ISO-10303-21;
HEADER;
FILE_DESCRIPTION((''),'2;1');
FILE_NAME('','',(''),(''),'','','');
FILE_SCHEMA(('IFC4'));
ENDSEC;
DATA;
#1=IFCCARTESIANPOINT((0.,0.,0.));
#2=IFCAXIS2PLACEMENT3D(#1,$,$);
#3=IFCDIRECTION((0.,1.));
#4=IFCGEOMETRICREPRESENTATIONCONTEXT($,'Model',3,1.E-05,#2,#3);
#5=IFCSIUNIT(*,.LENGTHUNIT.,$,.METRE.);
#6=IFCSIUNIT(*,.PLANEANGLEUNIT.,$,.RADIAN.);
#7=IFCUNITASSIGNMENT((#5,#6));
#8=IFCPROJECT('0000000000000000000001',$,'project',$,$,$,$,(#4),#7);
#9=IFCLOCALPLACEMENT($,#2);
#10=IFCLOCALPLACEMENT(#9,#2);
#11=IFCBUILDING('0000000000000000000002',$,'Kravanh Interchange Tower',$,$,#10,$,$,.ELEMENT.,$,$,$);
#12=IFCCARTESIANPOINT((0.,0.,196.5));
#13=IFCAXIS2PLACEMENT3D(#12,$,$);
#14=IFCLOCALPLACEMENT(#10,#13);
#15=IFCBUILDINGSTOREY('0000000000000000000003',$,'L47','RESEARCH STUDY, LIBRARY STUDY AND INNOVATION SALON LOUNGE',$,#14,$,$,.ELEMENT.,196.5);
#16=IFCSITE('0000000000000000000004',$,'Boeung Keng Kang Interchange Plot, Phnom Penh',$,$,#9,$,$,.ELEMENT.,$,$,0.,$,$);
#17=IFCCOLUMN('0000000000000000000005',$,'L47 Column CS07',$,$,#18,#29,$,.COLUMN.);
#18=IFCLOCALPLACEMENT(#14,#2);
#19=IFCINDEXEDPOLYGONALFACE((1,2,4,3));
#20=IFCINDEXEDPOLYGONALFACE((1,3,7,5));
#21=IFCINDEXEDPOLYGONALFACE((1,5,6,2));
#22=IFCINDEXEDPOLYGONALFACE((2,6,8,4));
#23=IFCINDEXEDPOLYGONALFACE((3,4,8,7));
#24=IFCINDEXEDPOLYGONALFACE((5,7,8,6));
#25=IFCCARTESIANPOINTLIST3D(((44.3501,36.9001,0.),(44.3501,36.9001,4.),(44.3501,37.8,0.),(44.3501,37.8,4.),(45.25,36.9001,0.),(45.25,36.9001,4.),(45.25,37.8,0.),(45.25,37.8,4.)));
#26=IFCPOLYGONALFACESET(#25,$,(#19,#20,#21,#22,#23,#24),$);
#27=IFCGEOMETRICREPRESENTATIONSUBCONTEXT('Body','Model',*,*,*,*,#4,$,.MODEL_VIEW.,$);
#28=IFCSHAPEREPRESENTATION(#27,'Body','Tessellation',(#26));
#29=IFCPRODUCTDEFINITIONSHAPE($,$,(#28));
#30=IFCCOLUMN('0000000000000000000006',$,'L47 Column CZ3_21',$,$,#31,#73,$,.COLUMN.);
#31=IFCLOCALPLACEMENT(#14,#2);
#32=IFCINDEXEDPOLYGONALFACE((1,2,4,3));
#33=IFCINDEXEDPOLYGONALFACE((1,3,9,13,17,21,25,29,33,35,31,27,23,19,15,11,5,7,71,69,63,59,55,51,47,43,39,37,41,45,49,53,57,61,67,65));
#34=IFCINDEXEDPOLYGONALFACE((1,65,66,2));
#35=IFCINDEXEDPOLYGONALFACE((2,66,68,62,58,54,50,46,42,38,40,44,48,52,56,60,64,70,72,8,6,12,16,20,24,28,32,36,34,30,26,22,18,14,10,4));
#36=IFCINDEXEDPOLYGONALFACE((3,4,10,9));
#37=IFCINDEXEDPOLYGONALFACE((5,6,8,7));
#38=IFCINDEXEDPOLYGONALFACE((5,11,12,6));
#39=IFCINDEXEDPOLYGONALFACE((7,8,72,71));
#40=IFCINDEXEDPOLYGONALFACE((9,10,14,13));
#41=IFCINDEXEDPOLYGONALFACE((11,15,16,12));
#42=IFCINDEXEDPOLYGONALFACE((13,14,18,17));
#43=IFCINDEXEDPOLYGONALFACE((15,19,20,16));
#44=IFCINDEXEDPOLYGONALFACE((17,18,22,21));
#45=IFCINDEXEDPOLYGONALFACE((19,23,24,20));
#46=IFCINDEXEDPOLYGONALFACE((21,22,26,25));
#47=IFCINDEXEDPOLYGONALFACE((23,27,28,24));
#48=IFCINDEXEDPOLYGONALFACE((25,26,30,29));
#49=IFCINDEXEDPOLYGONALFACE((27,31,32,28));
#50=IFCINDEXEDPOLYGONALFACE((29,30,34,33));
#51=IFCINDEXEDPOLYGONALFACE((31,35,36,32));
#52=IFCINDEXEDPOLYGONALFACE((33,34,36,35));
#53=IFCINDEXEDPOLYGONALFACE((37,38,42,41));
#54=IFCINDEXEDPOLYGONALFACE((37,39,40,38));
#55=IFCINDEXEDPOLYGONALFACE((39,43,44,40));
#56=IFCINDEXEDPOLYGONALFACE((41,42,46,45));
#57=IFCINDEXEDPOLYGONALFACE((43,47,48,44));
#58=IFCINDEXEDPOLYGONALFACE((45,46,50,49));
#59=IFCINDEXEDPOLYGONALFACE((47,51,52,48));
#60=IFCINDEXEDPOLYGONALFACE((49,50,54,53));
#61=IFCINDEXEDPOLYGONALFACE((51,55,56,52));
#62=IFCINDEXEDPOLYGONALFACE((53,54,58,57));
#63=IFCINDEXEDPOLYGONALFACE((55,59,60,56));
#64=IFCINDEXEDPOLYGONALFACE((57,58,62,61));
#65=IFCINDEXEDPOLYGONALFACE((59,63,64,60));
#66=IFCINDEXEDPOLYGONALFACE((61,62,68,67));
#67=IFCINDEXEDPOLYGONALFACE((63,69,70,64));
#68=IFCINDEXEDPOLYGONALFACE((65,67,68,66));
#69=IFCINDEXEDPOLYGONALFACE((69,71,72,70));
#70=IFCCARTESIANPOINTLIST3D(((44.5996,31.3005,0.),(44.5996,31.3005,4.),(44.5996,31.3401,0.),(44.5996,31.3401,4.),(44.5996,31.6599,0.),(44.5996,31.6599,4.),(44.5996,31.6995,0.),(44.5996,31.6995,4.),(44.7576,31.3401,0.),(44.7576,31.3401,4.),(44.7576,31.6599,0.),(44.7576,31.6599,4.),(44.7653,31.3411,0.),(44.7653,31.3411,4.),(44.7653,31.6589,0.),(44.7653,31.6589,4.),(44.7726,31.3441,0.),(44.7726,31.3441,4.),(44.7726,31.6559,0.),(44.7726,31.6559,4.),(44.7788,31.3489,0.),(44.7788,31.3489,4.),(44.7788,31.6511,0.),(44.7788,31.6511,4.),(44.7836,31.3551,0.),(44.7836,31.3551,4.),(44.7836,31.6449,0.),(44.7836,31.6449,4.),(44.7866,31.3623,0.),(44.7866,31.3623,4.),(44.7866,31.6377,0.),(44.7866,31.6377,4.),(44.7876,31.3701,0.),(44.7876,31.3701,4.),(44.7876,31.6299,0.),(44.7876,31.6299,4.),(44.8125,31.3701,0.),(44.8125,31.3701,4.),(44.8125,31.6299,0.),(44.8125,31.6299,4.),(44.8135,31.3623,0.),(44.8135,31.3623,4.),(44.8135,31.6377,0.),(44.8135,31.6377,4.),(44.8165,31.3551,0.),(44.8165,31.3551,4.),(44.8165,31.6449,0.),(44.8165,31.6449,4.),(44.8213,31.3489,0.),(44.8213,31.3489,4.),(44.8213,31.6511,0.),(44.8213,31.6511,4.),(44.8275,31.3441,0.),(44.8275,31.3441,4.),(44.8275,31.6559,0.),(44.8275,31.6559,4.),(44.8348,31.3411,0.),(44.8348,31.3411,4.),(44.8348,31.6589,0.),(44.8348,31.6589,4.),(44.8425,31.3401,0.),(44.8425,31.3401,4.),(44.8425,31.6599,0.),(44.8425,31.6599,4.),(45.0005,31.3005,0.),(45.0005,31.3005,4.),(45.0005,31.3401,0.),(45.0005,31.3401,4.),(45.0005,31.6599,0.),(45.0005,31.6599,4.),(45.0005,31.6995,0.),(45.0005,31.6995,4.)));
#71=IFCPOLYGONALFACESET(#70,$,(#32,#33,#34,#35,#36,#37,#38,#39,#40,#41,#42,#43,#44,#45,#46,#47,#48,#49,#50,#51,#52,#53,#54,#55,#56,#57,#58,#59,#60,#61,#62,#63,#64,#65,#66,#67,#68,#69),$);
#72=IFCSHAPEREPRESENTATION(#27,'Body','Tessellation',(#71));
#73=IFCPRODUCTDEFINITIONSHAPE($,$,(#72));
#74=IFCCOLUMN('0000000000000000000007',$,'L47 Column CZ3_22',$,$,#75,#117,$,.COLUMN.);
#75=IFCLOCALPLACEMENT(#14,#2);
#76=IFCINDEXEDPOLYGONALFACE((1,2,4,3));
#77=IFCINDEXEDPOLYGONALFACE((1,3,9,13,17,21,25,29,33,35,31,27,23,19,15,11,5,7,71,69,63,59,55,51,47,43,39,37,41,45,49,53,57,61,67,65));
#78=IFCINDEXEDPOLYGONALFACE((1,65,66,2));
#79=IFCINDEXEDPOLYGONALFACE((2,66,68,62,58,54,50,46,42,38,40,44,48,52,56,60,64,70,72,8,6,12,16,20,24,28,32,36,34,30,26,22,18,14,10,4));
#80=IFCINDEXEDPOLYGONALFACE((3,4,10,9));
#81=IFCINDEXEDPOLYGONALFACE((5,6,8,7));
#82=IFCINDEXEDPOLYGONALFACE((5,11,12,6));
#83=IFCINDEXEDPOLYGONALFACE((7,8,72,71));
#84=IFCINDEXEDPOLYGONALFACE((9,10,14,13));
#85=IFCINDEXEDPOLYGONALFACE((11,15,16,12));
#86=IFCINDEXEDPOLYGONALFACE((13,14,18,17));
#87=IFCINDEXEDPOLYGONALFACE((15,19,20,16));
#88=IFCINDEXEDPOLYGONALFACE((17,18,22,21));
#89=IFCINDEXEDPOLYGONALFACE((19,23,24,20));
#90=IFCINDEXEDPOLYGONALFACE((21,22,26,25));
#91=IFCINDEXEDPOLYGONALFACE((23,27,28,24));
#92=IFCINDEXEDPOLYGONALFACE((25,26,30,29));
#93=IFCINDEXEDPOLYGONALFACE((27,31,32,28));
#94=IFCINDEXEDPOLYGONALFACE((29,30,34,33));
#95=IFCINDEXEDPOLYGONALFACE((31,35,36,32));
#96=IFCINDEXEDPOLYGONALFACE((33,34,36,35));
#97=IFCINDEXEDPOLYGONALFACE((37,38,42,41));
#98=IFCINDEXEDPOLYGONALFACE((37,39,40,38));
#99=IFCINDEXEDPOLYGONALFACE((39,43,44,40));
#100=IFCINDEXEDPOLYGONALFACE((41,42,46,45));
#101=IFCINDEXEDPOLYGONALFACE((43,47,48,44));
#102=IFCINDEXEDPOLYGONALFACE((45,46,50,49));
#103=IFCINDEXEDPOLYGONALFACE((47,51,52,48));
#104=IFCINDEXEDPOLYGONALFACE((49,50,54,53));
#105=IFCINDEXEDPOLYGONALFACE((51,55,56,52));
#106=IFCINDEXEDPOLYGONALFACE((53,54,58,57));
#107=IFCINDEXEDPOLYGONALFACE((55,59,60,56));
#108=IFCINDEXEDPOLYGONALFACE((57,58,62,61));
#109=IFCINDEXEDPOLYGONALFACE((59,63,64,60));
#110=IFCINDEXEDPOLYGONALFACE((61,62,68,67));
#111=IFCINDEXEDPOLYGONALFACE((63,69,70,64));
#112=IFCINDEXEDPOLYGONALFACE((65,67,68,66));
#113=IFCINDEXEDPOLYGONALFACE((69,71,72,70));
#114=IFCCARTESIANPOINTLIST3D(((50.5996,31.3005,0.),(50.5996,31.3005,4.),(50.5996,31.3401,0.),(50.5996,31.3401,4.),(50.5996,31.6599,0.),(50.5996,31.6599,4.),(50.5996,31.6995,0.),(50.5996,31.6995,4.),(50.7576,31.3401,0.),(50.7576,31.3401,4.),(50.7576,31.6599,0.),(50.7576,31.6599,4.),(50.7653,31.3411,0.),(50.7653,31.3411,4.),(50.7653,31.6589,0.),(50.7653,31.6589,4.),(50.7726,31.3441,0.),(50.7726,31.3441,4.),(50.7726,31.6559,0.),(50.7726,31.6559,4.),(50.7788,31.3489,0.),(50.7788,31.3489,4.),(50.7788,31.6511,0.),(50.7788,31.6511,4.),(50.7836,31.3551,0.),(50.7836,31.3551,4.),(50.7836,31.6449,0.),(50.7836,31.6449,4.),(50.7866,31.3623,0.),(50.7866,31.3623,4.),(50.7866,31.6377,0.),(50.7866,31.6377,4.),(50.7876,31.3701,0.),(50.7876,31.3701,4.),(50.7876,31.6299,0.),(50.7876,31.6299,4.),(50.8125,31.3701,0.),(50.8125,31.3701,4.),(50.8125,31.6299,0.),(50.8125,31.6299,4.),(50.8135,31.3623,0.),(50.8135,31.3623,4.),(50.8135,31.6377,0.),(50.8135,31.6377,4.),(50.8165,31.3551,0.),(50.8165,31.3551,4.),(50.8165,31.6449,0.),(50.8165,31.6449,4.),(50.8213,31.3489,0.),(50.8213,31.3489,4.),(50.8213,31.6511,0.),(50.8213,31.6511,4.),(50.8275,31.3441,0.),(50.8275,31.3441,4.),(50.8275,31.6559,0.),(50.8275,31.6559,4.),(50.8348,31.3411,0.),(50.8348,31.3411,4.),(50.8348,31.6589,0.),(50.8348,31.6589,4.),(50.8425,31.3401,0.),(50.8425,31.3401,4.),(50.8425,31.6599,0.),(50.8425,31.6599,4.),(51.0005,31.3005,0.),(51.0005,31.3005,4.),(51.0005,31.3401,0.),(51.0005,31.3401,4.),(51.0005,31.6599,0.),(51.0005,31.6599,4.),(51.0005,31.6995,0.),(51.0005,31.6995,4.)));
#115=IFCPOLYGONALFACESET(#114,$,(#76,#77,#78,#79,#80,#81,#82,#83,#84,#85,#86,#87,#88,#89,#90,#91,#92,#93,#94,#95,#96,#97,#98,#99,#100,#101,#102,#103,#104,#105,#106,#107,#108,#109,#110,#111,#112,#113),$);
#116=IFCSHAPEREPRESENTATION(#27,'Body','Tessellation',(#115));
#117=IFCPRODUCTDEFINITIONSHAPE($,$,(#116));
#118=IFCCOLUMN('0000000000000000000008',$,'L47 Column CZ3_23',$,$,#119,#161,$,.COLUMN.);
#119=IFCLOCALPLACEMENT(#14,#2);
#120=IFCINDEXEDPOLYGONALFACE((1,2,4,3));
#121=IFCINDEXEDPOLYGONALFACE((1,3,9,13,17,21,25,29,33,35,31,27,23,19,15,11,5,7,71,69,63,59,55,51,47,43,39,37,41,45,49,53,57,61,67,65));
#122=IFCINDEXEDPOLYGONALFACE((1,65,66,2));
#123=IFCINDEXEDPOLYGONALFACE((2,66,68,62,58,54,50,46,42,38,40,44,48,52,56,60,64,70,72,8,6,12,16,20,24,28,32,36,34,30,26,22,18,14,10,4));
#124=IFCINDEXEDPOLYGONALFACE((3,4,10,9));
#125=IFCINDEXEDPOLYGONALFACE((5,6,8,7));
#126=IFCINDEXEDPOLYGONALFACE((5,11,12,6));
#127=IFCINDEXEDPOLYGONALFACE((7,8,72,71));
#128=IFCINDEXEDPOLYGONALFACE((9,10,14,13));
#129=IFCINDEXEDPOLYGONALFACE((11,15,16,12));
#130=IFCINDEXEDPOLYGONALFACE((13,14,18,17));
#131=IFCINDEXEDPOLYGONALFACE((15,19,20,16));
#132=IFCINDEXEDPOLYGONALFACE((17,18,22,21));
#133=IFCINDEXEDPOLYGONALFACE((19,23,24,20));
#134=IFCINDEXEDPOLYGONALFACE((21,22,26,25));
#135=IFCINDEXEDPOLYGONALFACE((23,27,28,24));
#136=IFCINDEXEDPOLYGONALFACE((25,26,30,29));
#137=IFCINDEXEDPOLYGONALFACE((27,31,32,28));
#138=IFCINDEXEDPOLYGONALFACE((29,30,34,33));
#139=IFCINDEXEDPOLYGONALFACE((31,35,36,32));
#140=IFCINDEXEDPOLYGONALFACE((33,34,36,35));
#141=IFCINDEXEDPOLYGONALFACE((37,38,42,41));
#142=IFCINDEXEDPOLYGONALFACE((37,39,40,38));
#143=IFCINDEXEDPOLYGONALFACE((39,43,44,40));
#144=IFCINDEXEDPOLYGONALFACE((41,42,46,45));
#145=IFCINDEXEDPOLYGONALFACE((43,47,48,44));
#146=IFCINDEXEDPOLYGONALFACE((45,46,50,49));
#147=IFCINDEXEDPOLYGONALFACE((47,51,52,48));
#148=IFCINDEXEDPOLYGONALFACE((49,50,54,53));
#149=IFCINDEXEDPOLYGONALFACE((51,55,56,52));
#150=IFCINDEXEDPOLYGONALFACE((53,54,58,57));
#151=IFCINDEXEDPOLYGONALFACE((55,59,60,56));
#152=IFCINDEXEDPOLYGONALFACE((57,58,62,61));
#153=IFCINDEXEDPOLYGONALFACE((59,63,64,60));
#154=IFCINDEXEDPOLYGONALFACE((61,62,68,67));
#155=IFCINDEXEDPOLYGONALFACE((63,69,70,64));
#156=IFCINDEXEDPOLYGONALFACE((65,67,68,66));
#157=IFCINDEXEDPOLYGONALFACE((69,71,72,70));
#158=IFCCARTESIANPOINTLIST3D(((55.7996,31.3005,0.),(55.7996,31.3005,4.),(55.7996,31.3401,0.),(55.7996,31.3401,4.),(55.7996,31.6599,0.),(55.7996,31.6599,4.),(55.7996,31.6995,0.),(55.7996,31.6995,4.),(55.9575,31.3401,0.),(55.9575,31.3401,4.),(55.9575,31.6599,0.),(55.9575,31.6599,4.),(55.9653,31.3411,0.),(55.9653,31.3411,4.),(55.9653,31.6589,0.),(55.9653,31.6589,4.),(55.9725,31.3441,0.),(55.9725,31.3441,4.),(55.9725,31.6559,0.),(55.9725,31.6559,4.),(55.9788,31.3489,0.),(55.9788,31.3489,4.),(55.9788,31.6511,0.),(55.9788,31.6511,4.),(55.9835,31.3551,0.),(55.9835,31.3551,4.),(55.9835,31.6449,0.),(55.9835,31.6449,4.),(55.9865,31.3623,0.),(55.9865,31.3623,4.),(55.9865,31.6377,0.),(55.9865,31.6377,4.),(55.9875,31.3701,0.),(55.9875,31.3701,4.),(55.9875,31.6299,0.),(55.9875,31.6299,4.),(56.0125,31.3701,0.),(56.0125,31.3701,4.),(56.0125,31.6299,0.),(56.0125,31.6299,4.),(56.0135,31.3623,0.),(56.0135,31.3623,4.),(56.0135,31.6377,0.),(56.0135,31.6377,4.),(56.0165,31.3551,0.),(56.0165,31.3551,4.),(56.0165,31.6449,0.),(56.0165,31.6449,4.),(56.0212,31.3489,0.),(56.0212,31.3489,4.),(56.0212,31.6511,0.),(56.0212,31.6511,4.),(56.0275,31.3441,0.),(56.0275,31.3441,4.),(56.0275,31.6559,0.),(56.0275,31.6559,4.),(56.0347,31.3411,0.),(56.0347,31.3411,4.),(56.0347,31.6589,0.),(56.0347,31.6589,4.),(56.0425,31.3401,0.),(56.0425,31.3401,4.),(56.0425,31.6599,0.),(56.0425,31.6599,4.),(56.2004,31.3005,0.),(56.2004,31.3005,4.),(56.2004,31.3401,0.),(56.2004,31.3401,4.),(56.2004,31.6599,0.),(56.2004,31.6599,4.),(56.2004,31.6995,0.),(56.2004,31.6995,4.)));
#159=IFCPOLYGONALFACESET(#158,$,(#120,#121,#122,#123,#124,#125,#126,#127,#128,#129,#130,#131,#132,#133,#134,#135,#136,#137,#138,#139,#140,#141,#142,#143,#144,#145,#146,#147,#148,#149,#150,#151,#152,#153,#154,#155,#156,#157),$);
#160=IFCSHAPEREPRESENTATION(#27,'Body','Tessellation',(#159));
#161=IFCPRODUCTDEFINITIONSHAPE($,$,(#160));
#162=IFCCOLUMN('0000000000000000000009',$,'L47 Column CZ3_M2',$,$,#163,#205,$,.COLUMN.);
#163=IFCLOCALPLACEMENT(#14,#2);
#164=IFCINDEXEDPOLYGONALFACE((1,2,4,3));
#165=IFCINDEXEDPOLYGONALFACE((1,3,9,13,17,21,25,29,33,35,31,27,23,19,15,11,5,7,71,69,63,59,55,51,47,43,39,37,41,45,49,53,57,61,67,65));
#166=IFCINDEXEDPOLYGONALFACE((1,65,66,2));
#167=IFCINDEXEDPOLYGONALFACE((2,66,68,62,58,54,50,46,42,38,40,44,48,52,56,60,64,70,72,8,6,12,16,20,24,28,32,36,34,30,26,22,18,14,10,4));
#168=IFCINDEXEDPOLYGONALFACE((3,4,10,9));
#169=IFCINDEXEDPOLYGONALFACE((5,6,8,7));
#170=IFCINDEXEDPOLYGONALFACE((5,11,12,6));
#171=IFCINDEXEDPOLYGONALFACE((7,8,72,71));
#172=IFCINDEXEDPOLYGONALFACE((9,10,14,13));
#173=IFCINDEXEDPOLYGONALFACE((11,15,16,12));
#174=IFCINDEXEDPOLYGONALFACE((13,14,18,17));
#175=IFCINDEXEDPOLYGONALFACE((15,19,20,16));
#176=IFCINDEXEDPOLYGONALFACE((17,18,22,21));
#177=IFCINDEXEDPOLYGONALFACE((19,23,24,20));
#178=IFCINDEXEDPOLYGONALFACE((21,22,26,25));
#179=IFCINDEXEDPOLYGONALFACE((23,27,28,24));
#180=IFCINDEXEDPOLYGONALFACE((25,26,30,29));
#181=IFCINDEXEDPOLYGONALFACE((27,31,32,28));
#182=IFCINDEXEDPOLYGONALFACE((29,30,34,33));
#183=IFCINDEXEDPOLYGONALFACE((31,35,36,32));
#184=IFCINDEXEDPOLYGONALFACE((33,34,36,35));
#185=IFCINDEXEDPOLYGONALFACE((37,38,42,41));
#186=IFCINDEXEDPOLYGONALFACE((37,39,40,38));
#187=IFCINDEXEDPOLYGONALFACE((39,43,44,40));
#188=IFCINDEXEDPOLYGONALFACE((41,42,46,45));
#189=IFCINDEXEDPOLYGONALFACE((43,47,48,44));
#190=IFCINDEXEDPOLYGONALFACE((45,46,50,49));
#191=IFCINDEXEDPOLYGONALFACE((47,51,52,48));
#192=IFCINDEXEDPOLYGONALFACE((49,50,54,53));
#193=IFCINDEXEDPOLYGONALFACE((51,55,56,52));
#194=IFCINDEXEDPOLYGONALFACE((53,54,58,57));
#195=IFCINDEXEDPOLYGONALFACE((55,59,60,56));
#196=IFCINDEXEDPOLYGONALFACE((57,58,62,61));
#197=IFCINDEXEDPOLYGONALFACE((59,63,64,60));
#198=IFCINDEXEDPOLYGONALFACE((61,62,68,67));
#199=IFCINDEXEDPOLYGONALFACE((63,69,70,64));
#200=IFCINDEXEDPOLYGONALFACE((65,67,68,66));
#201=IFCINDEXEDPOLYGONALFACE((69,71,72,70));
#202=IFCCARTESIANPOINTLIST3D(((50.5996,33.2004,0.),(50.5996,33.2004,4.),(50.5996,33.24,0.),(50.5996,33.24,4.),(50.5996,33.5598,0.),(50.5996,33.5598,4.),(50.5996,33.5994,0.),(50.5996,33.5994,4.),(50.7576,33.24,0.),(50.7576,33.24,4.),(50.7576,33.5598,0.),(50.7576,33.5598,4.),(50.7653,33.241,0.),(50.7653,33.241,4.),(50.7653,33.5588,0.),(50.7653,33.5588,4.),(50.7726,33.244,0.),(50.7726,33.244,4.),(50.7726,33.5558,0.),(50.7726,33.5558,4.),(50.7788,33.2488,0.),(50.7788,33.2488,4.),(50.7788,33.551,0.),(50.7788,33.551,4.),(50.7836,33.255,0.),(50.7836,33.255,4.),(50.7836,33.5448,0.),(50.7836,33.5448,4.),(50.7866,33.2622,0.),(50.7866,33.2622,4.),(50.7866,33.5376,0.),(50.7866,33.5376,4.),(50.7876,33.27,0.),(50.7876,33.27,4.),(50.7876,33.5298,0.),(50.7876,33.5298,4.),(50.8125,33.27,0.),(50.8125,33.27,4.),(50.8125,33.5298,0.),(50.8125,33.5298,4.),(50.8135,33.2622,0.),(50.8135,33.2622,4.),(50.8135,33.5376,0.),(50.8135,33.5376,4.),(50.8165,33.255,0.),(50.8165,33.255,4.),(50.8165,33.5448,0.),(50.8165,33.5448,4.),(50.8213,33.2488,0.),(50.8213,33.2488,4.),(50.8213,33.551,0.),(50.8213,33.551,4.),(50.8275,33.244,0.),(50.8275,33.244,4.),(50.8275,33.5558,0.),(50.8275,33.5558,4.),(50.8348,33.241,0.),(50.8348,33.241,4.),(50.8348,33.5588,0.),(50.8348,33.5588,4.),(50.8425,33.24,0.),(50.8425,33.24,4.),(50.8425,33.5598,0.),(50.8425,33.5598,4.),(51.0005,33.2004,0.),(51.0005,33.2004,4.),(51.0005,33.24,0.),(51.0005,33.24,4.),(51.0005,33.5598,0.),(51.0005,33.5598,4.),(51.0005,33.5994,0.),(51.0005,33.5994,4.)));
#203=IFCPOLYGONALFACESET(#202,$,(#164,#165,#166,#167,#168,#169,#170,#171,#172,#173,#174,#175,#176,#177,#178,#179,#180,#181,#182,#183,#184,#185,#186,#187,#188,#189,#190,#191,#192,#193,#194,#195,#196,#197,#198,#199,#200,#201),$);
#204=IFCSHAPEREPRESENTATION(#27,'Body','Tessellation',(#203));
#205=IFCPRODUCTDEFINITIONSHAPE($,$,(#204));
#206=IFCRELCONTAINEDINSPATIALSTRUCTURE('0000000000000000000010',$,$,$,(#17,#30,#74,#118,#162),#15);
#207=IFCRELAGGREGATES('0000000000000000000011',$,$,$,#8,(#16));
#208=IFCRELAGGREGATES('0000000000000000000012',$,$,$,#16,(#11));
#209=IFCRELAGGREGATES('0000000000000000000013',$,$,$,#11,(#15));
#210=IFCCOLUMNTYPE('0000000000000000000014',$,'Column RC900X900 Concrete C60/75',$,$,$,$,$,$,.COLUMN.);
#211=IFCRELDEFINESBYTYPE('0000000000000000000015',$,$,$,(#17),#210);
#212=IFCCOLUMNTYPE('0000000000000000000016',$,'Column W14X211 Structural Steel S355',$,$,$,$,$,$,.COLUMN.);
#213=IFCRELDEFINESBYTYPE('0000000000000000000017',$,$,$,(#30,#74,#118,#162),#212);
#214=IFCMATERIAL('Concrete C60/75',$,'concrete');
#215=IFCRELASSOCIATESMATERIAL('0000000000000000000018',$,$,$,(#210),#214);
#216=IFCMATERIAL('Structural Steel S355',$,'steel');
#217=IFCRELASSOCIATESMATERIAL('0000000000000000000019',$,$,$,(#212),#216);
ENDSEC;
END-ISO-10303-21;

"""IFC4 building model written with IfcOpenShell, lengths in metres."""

from ifc_helpers import new_model, si_unit, direction, frame, origin, origin_2d, place, context, subcontext, project, spatial, rectangle, i_section, extrude, material, material_profile, profile_set, type_object, element, save


model = new_model("IFC4")

# Units and contexts
model_context = context("Model", 3, precision=1e-05, world=origin(), true_north=direction((0.0, 1.0)))
body_context = subcontext(model_context, "Body", "Model", "MODEL_VIEW")
ifc_project = project(units=[si_unit("LENGTHUNIT", "METRE"), si_unit("PLANEANGLEUNIT", "RADIAN")], contexts=[model_context])

# Site, building, storey
site_placement = place(None, origin())
site = spatial("IfcSite", under=ifc_project, at=site_placement, Name="Boeung Keng Kang Interchange Plot, Phnom Penh", CompositionType="ELEMENT", RefElevation=0.0)
building_placement = place(site_placement, origin())
building = spatial("IfcBuilding", under=site, at=building_placement, Name="Kravanh Interchange Tower", CompositionType="ELEMENT")
storey_placement = place(building_placement, frame((0.0, 0.0, 196.5)))
storey = spatial("IfcBuildingStorey", under=building, at=storey_placement, Name="L47", Description="RESEARCH STUDY, LIBRARY STUDY AND INNOVATION SALON LOUNGE", CompositionType="ELEMENT", Elevation=196.5)

# Columns
ifc_material_1 = material(Name="Concrete C60/75", Category="concrete")
ifc_material_profile_1 = material_profile(ifc_material_1, rectangle(XDim=0.8999, YDim=0.8999, at=origin_2d()), Name="RC900X900")
ifc_profile_set_1 = profile_set([ifc_material_profile_1], Name="Concrete C60/75")
column_type_1 = type_object("IfcColumnType", Name="Column RC900X900 Concrete C60/75", PredefinedType="COLUMN", material=ifc_profile_set_1)
column_placement = place(storey_placement, frame((44.8, 37.3501, 0.0), z_axis=(0.0, 0.0, 1.0), x_axis=(1.0, 0.0, 0.0)))
element("IfcColumn", 1, at=column_placement, inside=storey, type_object=column_type_1, Name="L47 Column CS07", PredefinedType="COLUMN", context=body_context, shape_type="SweptSolid", body=[
    extrude(rectangle(XDim=0.8999, YDim=0.8999, at=origin_2d()), origin(), (0.0, 0.0, 1.0), 4.0),
])
ifc_material_2 = material(Name="Structural Steel S355", Category="steel")
ifc_material_profile_2 = material_profile(ifc_material_2, i_section(OverallWidth=0.4009, OverallDepth=0.3989, WebThickness=0.0249, FlangeThickness=0.0396, FilletRadius=0.03, at=origin_2d()), Name="W14X211")
ifc_profile_set_2 = profile_set([ifc_material_profile_2], Name="Structural Steel S355")
column_type_2 = type_object("IfcColumnType", Name="Column W14X211 Structural Steel S355", PredefinedType="COLUMN", material=ifc_profile_set_2)
for number, where, z_axis, x_axis, name in (
    (2, (44.8, 31.5, 0.0), (0.0, 0.0, 1.0), (1.0, 0.0, 0.0), "L47 Column CZ3_21"),
    (3, (50.8, 31.5, 0.0), (0.0, 0.0, 1.0), (1.0, 0.0, 0.0), "L47 Column CZ3_22"),
    (4, (56.0, 31.5, 0.0), (0.0, 0.0, 1.0), (1.0, 0.0, 0.0), "L47 Column CZ3_23"),
    (5, (50.8, 33.3999, 0.0), (0.0, 0.0, 1.0), (1.0, 0.0, 0.0), "L47 Column CZ3_M2"),
):
    element("IfcColumn", number, at=place(storey_placement, frame(where, z_axis=z_axis, x_axis=x_axis)), inside=storey, type_object=column_type_2, Name=name, PredefinedType="COLUMN", context=body_context, shape_type="SweptSolid", body=[
        extrude(i_section(OverallWidth=0.4009, OverallDepth=0.3989, WebThickness=0.0249, FlangeThickness=0.0396, FilletRadius=0.03, at=origin_2d()), origin(), (0.0, 0.0, 1.0), 4.0),
    ])

save(model, "model.ifc")
